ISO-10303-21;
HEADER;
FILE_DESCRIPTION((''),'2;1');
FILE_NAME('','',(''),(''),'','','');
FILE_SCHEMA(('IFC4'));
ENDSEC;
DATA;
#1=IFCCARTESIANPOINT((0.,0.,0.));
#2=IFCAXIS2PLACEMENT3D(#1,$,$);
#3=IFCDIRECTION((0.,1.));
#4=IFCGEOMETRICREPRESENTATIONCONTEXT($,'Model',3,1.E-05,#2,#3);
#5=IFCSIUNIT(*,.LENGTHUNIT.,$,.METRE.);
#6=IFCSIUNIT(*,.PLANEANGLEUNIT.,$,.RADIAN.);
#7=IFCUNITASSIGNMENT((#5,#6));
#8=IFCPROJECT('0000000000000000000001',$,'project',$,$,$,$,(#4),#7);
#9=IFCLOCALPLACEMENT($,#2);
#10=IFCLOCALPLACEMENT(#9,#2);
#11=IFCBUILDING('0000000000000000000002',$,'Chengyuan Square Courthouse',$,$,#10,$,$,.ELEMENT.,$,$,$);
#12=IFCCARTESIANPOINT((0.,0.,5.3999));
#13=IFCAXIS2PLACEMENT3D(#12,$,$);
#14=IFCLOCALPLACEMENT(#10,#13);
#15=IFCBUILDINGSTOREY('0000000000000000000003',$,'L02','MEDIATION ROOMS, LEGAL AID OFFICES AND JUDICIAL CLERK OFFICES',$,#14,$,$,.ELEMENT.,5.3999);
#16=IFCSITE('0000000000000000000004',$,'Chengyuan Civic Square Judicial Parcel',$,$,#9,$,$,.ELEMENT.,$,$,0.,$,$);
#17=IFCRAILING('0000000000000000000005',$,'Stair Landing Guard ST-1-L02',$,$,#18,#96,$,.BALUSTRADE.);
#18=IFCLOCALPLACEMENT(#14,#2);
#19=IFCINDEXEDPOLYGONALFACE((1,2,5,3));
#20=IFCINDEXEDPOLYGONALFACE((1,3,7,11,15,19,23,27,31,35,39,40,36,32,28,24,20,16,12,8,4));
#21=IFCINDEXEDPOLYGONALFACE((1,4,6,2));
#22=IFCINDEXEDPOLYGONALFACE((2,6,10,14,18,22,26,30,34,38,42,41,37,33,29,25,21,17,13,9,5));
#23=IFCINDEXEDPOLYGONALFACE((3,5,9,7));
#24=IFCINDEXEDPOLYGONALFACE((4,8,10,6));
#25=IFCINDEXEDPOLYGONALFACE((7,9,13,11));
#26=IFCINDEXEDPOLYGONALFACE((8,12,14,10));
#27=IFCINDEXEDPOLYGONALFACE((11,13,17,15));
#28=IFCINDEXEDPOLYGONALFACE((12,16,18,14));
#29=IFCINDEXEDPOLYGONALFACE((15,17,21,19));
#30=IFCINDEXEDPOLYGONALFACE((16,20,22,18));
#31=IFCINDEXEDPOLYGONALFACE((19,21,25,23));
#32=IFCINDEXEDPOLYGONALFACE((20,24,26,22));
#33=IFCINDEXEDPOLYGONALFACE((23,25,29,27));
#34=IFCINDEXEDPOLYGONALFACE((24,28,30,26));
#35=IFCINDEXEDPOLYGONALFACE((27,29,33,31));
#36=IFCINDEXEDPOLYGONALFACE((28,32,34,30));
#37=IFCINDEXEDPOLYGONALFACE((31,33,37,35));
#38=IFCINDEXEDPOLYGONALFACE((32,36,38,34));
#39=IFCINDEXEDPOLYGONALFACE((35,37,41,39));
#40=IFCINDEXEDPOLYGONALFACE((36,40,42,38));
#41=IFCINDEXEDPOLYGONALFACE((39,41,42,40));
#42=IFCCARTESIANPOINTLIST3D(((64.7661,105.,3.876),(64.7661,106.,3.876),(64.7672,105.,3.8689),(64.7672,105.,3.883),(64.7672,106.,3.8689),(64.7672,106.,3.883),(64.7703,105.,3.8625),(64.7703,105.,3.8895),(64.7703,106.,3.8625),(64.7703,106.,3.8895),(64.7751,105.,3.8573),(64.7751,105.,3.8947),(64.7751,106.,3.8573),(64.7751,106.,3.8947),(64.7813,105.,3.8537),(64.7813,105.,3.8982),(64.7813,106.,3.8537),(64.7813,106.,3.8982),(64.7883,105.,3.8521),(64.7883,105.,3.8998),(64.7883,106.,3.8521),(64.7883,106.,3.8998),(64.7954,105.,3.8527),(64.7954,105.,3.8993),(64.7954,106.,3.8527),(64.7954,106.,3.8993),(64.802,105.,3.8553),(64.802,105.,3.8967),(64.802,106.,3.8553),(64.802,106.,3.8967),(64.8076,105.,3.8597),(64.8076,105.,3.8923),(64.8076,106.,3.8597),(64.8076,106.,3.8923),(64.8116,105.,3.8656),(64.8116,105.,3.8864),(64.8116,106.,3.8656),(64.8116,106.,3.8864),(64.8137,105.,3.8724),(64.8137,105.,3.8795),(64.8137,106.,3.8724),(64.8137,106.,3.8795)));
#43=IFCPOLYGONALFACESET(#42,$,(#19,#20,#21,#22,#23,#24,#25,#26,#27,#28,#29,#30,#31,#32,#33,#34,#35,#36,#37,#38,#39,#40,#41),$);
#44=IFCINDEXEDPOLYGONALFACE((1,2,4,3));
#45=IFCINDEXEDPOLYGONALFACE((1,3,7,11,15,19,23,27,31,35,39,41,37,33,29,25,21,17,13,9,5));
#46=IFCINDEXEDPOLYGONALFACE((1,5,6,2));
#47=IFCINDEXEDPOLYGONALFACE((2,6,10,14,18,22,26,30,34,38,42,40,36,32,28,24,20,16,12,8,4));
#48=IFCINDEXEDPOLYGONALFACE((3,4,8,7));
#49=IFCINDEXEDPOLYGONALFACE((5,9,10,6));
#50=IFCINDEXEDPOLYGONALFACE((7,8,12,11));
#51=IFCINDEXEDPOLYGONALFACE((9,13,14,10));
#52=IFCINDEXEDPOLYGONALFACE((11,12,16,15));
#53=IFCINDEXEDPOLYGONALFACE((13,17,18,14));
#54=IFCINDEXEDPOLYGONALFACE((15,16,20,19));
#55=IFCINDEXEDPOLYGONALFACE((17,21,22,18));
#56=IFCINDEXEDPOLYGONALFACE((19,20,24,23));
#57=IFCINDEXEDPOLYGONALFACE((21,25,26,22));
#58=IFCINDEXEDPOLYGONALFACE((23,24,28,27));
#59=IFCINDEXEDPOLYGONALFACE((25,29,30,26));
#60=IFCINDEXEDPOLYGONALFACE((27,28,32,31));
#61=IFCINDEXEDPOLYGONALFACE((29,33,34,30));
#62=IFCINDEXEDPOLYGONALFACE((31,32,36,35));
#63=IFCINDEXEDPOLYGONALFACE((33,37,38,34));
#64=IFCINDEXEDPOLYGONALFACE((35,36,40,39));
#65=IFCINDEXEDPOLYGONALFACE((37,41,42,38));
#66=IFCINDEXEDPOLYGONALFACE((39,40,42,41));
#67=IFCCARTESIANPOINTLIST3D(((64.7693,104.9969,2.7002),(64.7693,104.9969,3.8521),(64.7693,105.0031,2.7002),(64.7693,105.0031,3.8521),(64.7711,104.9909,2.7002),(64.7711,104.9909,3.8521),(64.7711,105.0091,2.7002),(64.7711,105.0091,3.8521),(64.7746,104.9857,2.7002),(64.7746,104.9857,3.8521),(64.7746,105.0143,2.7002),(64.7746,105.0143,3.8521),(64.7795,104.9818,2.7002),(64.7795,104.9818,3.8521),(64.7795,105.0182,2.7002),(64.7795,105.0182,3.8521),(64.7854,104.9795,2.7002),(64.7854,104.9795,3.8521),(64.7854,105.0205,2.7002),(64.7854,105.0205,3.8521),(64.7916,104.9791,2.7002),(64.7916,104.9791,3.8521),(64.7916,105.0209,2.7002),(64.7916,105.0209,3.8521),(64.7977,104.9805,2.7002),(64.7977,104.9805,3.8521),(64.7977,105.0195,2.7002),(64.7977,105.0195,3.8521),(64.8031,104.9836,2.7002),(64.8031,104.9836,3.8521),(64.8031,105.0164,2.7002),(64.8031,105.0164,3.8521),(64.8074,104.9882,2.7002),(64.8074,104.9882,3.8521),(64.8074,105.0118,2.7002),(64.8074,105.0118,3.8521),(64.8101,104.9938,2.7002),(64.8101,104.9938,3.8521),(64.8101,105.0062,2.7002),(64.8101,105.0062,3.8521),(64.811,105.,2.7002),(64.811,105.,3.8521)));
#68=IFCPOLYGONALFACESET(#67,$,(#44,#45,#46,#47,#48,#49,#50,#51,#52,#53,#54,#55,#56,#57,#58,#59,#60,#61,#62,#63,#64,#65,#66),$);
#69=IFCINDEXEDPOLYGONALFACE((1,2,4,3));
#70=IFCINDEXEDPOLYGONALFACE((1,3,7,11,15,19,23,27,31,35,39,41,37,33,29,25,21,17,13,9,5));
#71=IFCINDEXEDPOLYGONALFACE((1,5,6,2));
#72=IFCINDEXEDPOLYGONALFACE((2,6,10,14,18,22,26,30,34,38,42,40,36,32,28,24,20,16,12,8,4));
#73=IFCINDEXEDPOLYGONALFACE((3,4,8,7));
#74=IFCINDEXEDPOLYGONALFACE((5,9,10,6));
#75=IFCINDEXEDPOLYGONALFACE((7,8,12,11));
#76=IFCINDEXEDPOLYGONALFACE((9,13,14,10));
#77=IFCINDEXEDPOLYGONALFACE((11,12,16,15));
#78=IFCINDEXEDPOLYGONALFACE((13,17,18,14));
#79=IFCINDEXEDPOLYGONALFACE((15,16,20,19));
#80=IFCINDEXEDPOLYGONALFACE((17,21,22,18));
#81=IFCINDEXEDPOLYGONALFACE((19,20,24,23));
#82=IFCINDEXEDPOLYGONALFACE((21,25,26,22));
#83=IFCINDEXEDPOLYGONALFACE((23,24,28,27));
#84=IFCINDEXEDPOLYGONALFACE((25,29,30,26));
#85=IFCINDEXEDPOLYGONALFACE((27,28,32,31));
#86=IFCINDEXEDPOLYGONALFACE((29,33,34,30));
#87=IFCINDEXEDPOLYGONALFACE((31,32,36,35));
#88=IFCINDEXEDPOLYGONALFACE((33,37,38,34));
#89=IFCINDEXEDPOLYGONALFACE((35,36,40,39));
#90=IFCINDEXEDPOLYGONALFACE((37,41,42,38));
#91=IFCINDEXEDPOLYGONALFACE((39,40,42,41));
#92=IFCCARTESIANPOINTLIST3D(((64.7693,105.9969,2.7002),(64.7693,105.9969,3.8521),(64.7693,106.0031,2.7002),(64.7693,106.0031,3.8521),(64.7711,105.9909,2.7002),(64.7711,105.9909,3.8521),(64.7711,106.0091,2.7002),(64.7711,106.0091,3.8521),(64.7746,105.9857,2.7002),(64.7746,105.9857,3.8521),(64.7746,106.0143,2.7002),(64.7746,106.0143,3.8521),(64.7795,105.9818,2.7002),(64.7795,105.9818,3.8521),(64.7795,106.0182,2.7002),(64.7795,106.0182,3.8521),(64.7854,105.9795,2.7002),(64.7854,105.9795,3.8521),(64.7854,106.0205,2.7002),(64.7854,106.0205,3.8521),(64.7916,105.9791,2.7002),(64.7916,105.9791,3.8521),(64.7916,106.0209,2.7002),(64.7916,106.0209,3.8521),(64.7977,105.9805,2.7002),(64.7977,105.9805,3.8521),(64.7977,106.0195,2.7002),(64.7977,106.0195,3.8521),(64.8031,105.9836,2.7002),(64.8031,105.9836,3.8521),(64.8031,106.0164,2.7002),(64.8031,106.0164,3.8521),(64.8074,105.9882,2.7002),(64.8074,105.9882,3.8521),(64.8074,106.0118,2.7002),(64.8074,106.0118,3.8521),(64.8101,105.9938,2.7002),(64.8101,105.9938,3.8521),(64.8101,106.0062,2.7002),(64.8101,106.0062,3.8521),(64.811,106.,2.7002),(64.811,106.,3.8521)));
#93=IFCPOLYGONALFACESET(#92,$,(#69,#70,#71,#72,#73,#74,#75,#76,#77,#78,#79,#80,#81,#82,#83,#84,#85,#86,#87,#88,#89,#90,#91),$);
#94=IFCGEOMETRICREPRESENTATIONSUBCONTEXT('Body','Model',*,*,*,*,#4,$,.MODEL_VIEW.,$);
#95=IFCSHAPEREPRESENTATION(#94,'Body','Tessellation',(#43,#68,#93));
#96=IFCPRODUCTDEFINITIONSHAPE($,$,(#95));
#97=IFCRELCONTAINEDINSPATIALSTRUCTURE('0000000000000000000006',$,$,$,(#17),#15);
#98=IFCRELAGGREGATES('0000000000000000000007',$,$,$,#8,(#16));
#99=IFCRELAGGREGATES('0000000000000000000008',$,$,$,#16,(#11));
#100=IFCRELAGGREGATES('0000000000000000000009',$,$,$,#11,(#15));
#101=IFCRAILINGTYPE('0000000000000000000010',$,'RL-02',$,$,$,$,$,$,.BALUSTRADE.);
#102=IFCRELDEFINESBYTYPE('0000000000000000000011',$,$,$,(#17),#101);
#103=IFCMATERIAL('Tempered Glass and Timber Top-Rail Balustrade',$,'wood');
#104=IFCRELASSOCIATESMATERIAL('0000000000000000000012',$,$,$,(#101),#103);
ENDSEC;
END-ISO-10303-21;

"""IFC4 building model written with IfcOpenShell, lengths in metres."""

from ifc_helpers import new_model, si_unit, direction, frame, origin, origin_2d, place, context, subcontext, project, spatial, circle, extrude, material, type_object, element, save


model = new_model("IFC4")

# Units and contexts
model_context = context("Model", 3, precision=1e-05, world=origin(), true_north=direction((0.0, 1.0)))
body_context = subcontext(model_context, "Body", "Model", "MODEL_VIEW")
ifc_project = project(units=[si_unit("LENGTHUNIT", "METRE"), si_unit("PLANEANGLEUNIT", "RADIAN")], contexts=[model_context])

# Site, building, storey
site_placement = place(None, origin())
site = spatial("IfcSite", under=ifc_project, at=site_placement, Name="Chengyuan Civic Square Judicial Parcel", CompositionType="ELEMENT", RefElevation=0.0)
building_placement = place(site_placement, origin())
building = spatial("IfcBuilding", under=site, at=building_placement, Name="Chengyuan Square Courthouse", CompositionType="ELEMENT")
storey_placement = place(building_placement, frame((0.0, 0.0, 5.3999)))
storey = spatial("IfcBuildingStorey", under=building, at=storey_placement, Name="L02", Description="MEDIATION ROOMS, LEGAL AID OFFICES AND JUDICIAL CLERK OFFICES", CompositionType="ELEMENT", Elevation=5.3999)

# Railing
ifc_material_1 = material(Name="Tempered Glass and Timber Top-Rail Balustrade", Category="wood")
railing_type_1 = type_object("IfcRailingType", Name="RL-02", PredefinedType="BALUSTRADE", material=ifc_material_1)
for number, where, name in (
    (1, (64.79, 105.0, 2.7002), "Stair Landing Guard ST-1-L02"),
):
    element("IfcRailing", number, at=place(storey_placement, frame(where)), inside=storey, type_object=railing_type_1, Name=name, PredefinedType="BALUSTRADE", context=body_context, shape_type="SweptSolid", body=[
        extrude(circle(Radius=0.0239, at=origin_2d()), frame((0.0, 0.0, 1.1758), z_axis=(0.0, 1.0, 0.0), x_axis=(-1.0, 0.0, 0.0)), (0.0, 0.0, 1.0), 1.0),
        extrude(circle(Radius=0.021, at=origin_2d()), origin(), (0.0, 0.0, 1.0), 1.1519),
        extrude(circle(Radius=0.021, at=origin_2d()), frame((0.0, 1.0, 0.0)), (0.0, 0.0, 1.0), 1.1519),
    ])

save(model, "model.ifc")
